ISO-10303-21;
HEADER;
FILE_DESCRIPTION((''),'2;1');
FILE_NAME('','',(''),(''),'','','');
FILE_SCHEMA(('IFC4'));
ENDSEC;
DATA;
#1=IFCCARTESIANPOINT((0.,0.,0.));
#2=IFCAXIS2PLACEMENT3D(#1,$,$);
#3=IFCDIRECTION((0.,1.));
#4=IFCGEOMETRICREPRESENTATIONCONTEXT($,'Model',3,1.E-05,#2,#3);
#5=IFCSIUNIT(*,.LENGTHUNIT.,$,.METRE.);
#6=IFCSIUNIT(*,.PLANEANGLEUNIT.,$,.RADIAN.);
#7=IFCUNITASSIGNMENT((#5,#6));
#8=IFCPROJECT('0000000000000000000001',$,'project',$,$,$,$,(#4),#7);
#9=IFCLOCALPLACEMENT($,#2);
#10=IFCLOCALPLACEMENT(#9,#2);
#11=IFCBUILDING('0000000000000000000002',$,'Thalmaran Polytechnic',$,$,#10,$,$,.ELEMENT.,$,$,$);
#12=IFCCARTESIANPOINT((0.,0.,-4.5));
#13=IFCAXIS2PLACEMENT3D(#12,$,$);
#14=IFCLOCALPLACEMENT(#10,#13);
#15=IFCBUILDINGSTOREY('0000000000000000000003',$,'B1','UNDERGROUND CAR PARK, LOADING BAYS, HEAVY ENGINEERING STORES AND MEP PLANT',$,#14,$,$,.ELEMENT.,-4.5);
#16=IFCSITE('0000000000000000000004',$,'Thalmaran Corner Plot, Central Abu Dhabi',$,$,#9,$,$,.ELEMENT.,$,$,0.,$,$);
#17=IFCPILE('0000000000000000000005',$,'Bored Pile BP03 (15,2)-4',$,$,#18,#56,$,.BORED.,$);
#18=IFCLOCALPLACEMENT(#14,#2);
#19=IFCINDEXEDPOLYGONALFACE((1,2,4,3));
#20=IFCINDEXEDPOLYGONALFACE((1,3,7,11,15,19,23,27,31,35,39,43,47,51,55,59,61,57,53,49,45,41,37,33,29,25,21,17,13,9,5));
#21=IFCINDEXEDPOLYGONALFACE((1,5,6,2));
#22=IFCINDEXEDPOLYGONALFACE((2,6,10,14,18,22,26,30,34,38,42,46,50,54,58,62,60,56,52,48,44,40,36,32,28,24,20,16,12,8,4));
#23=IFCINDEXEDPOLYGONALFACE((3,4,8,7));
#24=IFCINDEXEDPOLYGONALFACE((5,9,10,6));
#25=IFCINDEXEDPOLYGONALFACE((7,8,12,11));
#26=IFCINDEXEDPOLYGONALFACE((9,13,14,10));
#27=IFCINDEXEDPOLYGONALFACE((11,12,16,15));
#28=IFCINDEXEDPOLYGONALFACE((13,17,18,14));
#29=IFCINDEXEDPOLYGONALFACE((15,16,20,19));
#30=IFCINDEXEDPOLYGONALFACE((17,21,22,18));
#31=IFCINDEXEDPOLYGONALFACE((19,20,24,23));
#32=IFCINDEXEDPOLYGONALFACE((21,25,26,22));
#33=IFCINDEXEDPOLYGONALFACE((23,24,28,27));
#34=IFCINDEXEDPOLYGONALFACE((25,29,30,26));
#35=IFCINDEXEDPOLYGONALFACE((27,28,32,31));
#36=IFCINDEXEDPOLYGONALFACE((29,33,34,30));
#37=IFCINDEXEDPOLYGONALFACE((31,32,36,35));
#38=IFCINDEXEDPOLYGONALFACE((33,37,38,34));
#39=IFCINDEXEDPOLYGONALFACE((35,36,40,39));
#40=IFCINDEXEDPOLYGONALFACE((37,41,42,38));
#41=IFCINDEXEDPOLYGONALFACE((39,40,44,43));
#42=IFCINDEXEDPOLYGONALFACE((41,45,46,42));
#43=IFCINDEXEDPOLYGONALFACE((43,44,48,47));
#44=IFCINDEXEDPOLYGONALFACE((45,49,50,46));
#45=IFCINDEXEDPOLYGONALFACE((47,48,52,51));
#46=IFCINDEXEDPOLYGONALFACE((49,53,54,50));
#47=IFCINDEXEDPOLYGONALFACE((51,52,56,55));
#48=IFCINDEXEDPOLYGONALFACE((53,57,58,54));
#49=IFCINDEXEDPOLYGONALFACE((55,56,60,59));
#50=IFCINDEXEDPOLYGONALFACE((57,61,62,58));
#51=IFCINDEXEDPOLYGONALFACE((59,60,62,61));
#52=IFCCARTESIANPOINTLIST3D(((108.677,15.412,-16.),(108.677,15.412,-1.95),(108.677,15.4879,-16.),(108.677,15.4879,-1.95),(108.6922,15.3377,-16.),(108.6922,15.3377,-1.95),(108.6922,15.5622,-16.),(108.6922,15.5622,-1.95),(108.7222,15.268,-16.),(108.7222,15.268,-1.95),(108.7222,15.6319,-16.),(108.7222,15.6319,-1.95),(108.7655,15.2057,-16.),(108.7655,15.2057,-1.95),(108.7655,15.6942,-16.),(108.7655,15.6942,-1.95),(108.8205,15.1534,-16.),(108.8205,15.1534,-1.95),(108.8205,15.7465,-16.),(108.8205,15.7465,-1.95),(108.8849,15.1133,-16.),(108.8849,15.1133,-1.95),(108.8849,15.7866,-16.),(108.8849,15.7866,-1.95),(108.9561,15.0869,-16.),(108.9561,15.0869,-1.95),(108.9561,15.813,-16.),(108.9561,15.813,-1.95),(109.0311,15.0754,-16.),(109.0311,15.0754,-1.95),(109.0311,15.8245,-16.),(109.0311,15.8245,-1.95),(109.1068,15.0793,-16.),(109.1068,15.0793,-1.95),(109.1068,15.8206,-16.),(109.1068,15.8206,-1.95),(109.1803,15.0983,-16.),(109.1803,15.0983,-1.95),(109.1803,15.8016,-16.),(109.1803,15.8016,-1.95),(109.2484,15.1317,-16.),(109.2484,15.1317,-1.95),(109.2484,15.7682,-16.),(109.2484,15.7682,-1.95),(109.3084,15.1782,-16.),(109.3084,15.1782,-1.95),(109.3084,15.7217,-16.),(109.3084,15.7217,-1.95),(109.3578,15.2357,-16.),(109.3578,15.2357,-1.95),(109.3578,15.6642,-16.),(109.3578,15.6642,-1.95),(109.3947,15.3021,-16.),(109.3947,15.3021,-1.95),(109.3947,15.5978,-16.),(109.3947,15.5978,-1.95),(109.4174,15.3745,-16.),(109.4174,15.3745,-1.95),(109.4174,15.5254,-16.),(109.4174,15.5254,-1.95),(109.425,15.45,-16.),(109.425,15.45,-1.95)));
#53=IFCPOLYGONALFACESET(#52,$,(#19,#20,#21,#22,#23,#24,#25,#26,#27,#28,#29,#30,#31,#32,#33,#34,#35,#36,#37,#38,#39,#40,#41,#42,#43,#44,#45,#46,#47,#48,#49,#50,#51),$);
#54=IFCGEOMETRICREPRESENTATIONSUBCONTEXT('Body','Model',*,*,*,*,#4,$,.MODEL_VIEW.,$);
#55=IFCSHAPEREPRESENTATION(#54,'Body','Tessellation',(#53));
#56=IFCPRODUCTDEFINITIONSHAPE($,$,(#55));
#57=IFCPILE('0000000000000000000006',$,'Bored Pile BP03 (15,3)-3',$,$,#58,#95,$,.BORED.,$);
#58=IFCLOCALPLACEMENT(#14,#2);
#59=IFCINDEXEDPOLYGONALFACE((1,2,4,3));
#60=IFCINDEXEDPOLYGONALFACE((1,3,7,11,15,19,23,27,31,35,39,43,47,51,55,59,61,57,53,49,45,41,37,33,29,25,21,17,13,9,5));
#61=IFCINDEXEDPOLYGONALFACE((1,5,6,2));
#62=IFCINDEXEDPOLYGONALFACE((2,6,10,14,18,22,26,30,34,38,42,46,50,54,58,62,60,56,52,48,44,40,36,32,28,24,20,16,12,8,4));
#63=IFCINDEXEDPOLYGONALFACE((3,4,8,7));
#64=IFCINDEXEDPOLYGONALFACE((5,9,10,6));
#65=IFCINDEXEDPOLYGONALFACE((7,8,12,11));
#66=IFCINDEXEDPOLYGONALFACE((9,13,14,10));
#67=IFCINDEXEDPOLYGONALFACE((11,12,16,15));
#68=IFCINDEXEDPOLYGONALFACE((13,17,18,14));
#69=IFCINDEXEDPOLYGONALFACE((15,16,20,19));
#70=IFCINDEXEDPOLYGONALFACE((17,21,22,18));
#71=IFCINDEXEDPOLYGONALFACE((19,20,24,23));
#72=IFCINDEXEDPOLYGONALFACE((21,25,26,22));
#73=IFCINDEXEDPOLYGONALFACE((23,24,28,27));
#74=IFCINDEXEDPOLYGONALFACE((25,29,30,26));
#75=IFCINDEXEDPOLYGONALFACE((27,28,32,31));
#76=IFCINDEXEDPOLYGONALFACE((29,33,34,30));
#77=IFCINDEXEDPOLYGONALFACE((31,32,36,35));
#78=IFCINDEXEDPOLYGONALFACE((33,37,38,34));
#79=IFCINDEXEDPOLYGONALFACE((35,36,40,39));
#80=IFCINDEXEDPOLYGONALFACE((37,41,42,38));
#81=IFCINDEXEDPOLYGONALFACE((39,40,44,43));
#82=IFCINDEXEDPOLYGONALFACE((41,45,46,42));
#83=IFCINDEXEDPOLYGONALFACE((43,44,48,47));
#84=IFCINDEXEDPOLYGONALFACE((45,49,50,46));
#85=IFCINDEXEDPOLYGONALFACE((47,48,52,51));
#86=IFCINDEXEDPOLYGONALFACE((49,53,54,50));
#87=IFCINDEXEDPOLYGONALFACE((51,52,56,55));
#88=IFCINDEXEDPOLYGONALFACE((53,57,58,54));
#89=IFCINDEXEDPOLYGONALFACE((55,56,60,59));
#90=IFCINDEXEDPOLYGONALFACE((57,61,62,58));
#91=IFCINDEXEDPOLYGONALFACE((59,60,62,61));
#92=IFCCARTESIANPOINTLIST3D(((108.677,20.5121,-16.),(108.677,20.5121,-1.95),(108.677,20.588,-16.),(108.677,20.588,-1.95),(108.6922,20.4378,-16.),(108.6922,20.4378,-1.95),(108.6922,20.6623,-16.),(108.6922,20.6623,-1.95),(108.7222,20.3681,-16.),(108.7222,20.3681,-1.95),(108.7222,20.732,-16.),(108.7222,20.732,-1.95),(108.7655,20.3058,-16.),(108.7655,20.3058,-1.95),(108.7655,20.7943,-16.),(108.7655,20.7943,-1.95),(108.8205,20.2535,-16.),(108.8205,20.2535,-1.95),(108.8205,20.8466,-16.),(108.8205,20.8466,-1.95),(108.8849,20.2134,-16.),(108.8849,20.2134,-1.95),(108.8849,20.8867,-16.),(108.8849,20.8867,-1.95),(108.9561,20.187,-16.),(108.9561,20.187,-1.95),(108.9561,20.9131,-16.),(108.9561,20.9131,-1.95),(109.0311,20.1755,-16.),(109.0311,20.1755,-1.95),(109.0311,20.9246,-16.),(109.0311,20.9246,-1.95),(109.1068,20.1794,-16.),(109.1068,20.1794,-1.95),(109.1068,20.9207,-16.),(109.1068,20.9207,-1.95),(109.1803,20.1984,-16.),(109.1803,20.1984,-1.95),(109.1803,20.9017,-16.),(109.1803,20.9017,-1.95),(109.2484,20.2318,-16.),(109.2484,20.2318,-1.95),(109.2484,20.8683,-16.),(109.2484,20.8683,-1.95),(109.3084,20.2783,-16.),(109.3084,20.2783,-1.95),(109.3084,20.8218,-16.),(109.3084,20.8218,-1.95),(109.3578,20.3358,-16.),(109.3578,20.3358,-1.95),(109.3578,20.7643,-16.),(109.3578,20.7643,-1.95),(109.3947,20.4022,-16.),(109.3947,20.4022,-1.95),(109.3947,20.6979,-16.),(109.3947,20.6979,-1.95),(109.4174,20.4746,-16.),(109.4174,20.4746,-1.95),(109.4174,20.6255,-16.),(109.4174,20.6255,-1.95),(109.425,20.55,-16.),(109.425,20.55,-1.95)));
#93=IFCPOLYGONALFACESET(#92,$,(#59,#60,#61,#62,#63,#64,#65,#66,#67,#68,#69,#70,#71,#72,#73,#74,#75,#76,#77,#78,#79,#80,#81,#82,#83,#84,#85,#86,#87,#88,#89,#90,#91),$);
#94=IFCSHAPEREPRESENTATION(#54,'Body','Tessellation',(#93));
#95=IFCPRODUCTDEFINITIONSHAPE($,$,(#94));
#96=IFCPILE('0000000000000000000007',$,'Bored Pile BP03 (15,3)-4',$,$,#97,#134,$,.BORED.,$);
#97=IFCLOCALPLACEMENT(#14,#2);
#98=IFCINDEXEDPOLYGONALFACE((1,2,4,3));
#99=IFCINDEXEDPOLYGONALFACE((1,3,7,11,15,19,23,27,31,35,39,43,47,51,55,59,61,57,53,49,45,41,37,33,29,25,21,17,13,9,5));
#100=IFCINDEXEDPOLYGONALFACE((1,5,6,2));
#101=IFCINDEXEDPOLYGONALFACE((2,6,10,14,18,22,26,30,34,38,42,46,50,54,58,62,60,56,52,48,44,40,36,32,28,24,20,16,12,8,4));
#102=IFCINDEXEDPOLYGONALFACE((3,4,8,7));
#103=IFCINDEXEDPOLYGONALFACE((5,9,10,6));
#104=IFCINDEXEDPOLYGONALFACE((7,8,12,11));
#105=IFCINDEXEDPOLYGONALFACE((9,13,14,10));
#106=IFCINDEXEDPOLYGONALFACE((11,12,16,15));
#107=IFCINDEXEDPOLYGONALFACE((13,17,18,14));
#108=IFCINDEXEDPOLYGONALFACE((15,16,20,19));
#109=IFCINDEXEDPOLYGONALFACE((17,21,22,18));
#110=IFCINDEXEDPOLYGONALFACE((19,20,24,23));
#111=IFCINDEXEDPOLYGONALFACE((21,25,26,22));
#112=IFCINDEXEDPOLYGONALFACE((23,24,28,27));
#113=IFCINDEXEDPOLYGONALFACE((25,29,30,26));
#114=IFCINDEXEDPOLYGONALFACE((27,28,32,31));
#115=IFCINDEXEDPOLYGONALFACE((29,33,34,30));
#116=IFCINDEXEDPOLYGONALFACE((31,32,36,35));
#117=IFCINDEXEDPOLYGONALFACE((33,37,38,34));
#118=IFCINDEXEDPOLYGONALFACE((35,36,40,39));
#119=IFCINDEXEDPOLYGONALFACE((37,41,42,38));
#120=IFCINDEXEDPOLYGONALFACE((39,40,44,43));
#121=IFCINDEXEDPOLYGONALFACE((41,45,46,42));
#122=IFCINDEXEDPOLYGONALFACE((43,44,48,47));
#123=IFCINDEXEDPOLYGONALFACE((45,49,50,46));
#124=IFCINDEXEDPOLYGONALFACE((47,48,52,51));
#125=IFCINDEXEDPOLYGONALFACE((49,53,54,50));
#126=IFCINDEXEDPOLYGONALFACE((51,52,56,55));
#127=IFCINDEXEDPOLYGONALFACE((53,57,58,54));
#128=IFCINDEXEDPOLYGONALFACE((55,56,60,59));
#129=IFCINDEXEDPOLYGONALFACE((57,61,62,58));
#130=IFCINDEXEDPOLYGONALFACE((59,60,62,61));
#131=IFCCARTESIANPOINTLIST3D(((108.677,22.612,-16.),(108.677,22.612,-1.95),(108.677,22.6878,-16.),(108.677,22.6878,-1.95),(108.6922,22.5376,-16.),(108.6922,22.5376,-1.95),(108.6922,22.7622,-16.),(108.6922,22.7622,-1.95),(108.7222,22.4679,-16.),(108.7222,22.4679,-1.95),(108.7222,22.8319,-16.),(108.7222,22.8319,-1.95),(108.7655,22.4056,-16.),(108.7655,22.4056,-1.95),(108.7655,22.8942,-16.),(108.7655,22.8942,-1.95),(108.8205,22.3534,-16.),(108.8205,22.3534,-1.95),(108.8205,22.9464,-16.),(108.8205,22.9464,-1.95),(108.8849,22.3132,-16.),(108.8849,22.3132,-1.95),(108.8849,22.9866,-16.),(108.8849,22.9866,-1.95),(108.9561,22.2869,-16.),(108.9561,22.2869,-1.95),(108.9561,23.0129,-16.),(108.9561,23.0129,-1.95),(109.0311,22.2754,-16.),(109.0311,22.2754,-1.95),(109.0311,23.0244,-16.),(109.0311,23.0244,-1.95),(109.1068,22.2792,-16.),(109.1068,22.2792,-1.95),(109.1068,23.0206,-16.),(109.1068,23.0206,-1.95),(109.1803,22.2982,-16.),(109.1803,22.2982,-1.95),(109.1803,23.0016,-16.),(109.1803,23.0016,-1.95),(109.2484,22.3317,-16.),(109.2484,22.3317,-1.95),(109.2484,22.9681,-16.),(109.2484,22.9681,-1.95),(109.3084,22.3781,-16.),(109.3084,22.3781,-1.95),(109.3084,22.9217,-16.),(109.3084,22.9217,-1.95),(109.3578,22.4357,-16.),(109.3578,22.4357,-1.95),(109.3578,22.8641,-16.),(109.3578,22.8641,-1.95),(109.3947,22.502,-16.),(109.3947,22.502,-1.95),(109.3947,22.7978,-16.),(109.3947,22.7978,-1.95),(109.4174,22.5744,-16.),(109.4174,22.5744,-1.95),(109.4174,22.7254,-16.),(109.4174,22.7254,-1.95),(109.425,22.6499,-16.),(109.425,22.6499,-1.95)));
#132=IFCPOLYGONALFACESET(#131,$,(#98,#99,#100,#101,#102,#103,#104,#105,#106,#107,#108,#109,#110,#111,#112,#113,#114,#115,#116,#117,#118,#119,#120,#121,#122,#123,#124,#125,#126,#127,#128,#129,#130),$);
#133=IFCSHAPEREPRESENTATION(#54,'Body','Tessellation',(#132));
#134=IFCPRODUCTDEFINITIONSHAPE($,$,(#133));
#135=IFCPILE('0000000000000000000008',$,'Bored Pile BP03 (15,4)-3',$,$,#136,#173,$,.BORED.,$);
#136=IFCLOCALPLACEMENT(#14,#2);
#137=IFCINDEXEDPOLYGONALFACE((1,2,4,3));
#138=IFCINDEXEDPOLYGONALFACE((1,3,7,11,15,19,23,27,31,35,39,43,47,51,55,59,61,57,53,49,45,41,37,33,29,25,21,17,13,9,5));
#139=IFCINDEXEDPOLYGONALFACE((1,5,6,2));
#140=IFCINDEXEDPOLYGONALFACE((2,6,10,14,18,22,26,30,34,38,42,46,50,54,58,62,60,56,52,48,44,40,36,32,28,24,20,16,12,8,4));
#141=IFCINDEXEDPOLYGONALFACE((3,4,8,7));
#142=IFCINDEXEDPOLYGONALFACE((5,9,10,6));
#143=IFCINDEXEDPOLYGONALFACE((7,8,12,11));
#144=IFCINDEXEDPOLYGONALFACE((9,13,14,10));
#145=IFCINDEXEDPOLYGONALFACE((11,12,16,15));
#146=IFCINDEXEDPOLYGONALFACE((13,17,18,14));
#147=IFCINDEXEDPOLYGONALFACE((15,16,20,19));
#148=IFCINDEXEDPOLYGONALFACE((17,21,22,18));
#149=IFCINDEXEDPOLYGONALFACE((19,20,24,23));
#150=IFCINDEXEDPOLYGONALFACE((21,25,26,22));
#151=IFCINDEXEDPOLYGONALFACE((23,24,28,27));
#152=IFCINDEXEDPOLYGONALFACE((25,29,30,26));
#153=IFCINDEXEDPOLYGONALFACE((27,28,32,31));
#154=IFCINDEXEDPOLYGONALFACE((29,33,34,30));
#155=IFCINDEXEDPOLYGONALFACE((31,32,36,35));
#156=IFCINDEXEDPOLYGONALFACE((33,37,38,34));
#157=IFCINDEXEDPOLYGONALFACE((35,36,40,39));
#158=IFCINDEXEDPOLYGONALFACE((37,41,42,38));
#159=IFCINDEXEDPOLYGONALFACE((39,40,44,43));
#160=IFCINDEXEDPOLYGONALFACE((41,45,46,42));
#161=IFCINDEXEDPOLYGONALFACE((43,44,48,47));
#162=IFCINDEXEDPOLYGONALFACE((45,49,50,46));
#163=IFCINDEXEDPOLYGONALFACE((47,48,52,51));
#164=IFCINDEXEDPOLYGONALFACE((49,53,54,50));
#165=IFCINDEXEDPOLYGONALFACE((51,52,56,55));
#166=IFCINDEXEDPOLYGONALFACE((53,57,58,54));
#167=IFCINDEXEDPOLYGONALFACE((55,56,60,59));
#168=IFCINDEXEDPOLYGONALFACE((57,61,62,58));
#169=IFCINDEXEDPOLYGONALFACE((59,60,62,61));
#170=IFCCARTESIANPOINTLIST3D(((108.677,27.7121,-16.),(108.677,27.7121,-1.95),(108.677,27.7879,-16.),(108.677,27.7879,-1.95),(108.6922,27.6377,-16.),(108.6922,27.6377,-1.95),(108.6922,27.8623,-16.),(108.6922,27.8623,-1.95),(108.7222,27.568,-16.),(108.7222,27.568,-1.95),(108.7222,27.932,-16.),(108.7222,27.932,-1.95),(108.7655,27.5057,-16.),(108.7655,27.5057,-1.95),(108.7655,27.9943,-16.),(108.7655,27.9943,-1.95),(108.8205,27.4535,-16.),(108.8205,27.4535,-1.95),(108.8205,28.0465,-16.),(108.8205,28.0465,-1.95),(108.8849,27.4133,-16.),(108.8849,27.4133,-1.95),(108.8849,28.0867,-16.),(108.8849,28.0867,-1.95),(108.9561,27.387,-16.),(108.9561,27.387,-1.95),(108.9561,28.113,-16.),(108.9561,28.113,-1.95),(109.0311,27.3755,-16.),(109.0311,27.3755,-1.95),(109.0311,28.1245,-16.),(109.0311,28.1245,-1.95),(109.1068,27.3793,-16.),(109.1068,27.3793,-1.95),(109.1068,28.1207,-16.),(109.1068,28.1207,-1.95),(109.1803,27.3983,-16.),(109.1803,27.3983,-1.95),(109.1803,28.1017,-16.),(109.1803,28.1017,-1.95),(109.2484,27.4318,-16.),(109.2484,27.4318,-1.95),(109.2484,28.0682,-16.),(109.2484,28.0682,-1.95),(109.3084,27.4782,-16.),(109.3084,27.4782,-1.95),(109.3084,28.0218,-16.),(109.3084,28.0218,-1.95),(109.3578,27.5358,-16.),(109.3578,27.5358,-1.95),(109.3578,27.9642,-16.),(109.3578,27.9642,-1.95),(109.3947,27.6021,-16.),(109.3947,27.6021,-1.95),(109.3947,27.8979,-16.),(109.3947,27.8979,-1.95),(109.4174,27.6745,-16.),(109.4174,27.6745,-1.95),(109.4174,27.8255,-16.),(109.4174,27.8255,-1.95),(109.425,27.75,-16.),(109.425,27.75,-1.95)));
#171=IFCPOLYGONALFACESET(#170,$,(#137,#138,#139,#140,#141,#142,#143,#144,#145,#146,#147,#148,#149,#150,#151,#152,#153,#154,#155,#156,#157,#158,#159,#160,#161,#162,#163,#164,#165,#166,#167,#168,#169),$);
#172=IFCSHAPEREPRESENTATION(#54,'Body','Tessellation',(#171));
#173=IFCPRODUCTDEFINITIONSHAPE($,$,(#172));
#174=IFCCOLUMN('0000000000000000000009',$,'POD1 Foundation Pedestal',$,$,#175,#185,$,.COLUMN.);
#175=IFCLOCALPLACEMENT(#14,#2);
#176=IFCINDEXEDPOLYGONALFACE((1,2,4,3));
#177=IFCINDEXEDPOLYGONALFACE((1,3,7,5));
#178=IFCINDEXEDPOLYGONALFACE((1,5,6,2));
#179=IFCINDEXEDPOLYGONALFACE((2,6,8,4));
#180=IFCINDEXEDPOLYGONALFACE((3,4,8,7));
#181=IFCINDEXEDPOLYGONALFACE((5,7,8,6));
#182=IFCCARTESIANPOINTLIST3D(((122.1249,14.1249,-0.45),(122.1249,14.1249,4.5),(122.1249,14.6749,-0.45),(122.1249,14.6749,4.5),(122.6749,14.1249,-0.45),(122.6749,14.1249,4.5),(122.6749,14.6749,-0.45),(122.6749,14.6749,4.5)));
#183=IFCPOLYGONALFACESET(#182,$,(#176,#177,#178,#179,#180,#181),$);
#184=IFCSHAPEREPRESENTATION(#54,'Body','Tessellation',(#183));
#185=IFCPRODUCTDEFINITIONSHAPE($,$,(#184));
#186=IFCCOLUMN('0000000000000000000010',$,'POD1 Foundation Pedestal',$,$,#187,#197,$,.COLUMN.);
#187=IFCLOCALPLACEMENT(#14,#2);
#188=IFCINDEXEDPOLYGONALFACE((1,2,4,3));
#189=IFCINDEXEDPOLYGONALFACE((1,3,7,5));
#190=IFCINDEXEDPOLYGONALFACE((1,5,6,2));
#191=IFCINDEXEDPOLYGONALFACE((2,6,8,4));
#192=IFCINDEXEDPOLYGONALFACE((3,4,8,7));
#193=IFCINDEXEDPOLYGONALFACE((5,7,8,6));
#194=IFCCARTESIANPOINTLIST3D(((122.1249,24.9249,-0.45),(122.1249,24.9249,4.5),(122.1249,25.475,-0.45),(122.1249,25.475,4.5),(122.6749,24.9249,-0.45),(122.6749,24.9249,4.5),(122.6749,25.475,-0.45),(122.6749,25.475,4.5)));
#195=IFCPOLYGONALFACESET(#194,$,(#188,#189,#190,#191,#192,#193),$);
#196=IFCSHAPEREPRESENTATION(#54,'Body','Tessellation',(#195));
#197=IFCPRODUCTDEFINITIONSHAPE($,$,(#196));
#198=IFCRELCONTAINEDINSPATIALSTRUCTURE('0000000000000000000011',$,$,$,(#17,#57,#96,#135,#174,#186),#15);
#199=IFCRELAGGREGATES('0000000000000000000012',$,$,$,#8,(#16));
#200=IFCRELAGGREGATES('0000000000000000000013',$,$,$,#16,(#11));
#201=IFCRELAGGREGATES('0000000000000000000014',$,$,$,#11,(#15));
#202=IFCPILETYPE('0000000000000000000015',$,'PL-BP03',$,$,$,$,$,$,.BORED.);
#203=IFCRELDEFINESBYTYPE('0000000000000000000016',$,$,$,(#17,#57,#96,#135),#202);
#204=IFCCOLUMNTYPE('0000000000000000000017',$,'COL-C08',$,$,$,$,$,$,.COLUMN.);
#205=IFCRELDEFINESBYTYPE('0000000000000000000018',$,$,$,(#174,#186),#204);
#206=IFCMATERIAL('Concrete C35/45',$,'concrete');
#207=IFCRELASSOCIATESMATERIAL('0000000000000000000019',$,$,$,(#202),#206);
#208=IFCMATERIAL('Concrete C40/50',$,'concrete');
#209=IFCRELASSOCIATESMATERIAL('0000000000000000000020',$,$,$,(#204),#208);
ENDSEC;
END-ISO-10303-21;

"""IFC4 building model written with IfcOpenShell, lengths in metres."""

from ifc_helpers import new_model, si_unit, direction, frame, origin, origin_2d, place, context, subcontext, project, spatial, rectangle, circle, extrude, material, material_profile, profile_set, type_object, element, save


model = new_model("IFC4")

# Units and contexts
model_context = context("Model", 3, precision=1e-05, world=origin(), true_north=direction((0.0, 1.0)))
body_context = subcontext(model_context, "Body", "Model", "MODEL_VIEW")
ifc_project = project(units=[si_unit("LENGTHUNIT", "METRE"), si_unit("PLANEANGLEUNIT", "RADIAN")], contexts=[model_context])

# Site, building, storey
site_placement = place(None, origin())
site = spatial("IfcSite", under=ifc_project, at=site_placement, Name="Thalmaran Corner Plot, Central Abu Dhabi", CompositionType="ELEMENT", RefElevation=0.0)
building_placement = place(site_placement, origin())
building = spatial("IfcBuilding", under=site, at=building_placement, Name="Thalmaran Polytechnic", CompositionType="ELEMENT")
storey_placement = place(building_placement, frame((0.0, 0.0, -4.5)))
storey = spatial("IfcBuildingStorey", under=building, at=storey_placement, Name="B1", Description="UNDERGROUND CAR PARK, LOADING BAYS, HEAVY ENGINEERING STORES AND MEP PLANT", CompositionType="ELEMENT", Elevation=-4.5)

# Shared definitions
ifc_material_1 = material(Name="Concrete C40/50", Category="concrete")

# Piles
ifc_material_2 = material(Name="Concrete C35/45", Category="concrete")
ifc_material_profile_1 = material_profile(ifc_material_2, circle(Radius=0.375, at=origin_2d()), Name="RC 750 DIA")
ifc_profile_set_1 = profile_set([ifc_material_profile_1], Name="Concrete C35/45")
pile_type_1 = type_object("IfcPileType", Name="PL-BP03", PredefinedType="BORED", material=ifc_profile_set_1)
for number, where, z_axis, x_axis, name in (
    (1, (109.05, 15.45, -1.95), (0.0, 0.0, -1.0), (1.0, 0.0, 0.0), "Bored Pile BP03 (15,2)-4"),
    (2, (109.05, 20.55, -1.95), (0.0, 0.0, -1.0), (1.0, 0.0, 0.0), "Bored Pile BP03 (15,3)-3"),
    (3, (109.05, 22.6499, -1.95), (0.0, 0.0, -1.0), (1.0, 0.0, 0.0), "Bored Pile BP03 (15,3)-4"),
    (4, (109.05, 27.75, -1.95), (0.0, 0.0, -1.0), (1.0, 0.0, 0.0), "Bored Pile BP03 (15,4)-3"),
):
    element("IfcPile", number, at=place(storey_placement, frame(where, z_axis=z_axis, x_axis=x_axis)), inside=storey, type_object=pile_type_1, Name=name, PredefinedType="BORED", context=body_context, shape_type="SweptSolid", body=[
        extrude(circle(Radius=0.375, at=origin_2d()), origin(), (0.0, 0.0, 1.0), 14.05),
    ])

# Columns
ifc_material_profile_2 = material_profile(ifc_material_1, rectangle(XDim=0.55, YDim=0.55, at=origin_2d()), Name="RC 550x550")
ifc_profile_set_2 = profile_set([ifc_material_profile_2], Name="Concrete C40/50")
column_type_1 = type_object("IfcColumnType", Name="COL-C08", PredefinedType="COLUMN", material=ifc_profile_set_2)
for number, where, z_axis, x_axis, name in (
    (5, (122.3999, 14.3999, -0.45), (0.0, 0.0, 1.0), (1.0, 0.0, 0.0), "POD1 Foundation Pedestal"),
    (6, (122.3999, 25.2, -0.45), (0.0, 0.0, 1.0), (1.0, 0.0, 0.0), "POD1 Foundation Pedestal"),
):
    element("IfcColumn", number, at=place(storey_placement, frame(where, z_axis=z_axis, x_axis=x_axis)), inside=storey, type_object=column_type_1, Name=name, PredefinedType="COLUMN", context=body_context, shape_type="SweptSolid", body=[
        extrude(rectangle(XDim=0.55, YDim=0.55, at=origin_2d()), origin(), (0.0, 0.0, 1.0), 4.95),
    ])

save(model, "model.ifc")
